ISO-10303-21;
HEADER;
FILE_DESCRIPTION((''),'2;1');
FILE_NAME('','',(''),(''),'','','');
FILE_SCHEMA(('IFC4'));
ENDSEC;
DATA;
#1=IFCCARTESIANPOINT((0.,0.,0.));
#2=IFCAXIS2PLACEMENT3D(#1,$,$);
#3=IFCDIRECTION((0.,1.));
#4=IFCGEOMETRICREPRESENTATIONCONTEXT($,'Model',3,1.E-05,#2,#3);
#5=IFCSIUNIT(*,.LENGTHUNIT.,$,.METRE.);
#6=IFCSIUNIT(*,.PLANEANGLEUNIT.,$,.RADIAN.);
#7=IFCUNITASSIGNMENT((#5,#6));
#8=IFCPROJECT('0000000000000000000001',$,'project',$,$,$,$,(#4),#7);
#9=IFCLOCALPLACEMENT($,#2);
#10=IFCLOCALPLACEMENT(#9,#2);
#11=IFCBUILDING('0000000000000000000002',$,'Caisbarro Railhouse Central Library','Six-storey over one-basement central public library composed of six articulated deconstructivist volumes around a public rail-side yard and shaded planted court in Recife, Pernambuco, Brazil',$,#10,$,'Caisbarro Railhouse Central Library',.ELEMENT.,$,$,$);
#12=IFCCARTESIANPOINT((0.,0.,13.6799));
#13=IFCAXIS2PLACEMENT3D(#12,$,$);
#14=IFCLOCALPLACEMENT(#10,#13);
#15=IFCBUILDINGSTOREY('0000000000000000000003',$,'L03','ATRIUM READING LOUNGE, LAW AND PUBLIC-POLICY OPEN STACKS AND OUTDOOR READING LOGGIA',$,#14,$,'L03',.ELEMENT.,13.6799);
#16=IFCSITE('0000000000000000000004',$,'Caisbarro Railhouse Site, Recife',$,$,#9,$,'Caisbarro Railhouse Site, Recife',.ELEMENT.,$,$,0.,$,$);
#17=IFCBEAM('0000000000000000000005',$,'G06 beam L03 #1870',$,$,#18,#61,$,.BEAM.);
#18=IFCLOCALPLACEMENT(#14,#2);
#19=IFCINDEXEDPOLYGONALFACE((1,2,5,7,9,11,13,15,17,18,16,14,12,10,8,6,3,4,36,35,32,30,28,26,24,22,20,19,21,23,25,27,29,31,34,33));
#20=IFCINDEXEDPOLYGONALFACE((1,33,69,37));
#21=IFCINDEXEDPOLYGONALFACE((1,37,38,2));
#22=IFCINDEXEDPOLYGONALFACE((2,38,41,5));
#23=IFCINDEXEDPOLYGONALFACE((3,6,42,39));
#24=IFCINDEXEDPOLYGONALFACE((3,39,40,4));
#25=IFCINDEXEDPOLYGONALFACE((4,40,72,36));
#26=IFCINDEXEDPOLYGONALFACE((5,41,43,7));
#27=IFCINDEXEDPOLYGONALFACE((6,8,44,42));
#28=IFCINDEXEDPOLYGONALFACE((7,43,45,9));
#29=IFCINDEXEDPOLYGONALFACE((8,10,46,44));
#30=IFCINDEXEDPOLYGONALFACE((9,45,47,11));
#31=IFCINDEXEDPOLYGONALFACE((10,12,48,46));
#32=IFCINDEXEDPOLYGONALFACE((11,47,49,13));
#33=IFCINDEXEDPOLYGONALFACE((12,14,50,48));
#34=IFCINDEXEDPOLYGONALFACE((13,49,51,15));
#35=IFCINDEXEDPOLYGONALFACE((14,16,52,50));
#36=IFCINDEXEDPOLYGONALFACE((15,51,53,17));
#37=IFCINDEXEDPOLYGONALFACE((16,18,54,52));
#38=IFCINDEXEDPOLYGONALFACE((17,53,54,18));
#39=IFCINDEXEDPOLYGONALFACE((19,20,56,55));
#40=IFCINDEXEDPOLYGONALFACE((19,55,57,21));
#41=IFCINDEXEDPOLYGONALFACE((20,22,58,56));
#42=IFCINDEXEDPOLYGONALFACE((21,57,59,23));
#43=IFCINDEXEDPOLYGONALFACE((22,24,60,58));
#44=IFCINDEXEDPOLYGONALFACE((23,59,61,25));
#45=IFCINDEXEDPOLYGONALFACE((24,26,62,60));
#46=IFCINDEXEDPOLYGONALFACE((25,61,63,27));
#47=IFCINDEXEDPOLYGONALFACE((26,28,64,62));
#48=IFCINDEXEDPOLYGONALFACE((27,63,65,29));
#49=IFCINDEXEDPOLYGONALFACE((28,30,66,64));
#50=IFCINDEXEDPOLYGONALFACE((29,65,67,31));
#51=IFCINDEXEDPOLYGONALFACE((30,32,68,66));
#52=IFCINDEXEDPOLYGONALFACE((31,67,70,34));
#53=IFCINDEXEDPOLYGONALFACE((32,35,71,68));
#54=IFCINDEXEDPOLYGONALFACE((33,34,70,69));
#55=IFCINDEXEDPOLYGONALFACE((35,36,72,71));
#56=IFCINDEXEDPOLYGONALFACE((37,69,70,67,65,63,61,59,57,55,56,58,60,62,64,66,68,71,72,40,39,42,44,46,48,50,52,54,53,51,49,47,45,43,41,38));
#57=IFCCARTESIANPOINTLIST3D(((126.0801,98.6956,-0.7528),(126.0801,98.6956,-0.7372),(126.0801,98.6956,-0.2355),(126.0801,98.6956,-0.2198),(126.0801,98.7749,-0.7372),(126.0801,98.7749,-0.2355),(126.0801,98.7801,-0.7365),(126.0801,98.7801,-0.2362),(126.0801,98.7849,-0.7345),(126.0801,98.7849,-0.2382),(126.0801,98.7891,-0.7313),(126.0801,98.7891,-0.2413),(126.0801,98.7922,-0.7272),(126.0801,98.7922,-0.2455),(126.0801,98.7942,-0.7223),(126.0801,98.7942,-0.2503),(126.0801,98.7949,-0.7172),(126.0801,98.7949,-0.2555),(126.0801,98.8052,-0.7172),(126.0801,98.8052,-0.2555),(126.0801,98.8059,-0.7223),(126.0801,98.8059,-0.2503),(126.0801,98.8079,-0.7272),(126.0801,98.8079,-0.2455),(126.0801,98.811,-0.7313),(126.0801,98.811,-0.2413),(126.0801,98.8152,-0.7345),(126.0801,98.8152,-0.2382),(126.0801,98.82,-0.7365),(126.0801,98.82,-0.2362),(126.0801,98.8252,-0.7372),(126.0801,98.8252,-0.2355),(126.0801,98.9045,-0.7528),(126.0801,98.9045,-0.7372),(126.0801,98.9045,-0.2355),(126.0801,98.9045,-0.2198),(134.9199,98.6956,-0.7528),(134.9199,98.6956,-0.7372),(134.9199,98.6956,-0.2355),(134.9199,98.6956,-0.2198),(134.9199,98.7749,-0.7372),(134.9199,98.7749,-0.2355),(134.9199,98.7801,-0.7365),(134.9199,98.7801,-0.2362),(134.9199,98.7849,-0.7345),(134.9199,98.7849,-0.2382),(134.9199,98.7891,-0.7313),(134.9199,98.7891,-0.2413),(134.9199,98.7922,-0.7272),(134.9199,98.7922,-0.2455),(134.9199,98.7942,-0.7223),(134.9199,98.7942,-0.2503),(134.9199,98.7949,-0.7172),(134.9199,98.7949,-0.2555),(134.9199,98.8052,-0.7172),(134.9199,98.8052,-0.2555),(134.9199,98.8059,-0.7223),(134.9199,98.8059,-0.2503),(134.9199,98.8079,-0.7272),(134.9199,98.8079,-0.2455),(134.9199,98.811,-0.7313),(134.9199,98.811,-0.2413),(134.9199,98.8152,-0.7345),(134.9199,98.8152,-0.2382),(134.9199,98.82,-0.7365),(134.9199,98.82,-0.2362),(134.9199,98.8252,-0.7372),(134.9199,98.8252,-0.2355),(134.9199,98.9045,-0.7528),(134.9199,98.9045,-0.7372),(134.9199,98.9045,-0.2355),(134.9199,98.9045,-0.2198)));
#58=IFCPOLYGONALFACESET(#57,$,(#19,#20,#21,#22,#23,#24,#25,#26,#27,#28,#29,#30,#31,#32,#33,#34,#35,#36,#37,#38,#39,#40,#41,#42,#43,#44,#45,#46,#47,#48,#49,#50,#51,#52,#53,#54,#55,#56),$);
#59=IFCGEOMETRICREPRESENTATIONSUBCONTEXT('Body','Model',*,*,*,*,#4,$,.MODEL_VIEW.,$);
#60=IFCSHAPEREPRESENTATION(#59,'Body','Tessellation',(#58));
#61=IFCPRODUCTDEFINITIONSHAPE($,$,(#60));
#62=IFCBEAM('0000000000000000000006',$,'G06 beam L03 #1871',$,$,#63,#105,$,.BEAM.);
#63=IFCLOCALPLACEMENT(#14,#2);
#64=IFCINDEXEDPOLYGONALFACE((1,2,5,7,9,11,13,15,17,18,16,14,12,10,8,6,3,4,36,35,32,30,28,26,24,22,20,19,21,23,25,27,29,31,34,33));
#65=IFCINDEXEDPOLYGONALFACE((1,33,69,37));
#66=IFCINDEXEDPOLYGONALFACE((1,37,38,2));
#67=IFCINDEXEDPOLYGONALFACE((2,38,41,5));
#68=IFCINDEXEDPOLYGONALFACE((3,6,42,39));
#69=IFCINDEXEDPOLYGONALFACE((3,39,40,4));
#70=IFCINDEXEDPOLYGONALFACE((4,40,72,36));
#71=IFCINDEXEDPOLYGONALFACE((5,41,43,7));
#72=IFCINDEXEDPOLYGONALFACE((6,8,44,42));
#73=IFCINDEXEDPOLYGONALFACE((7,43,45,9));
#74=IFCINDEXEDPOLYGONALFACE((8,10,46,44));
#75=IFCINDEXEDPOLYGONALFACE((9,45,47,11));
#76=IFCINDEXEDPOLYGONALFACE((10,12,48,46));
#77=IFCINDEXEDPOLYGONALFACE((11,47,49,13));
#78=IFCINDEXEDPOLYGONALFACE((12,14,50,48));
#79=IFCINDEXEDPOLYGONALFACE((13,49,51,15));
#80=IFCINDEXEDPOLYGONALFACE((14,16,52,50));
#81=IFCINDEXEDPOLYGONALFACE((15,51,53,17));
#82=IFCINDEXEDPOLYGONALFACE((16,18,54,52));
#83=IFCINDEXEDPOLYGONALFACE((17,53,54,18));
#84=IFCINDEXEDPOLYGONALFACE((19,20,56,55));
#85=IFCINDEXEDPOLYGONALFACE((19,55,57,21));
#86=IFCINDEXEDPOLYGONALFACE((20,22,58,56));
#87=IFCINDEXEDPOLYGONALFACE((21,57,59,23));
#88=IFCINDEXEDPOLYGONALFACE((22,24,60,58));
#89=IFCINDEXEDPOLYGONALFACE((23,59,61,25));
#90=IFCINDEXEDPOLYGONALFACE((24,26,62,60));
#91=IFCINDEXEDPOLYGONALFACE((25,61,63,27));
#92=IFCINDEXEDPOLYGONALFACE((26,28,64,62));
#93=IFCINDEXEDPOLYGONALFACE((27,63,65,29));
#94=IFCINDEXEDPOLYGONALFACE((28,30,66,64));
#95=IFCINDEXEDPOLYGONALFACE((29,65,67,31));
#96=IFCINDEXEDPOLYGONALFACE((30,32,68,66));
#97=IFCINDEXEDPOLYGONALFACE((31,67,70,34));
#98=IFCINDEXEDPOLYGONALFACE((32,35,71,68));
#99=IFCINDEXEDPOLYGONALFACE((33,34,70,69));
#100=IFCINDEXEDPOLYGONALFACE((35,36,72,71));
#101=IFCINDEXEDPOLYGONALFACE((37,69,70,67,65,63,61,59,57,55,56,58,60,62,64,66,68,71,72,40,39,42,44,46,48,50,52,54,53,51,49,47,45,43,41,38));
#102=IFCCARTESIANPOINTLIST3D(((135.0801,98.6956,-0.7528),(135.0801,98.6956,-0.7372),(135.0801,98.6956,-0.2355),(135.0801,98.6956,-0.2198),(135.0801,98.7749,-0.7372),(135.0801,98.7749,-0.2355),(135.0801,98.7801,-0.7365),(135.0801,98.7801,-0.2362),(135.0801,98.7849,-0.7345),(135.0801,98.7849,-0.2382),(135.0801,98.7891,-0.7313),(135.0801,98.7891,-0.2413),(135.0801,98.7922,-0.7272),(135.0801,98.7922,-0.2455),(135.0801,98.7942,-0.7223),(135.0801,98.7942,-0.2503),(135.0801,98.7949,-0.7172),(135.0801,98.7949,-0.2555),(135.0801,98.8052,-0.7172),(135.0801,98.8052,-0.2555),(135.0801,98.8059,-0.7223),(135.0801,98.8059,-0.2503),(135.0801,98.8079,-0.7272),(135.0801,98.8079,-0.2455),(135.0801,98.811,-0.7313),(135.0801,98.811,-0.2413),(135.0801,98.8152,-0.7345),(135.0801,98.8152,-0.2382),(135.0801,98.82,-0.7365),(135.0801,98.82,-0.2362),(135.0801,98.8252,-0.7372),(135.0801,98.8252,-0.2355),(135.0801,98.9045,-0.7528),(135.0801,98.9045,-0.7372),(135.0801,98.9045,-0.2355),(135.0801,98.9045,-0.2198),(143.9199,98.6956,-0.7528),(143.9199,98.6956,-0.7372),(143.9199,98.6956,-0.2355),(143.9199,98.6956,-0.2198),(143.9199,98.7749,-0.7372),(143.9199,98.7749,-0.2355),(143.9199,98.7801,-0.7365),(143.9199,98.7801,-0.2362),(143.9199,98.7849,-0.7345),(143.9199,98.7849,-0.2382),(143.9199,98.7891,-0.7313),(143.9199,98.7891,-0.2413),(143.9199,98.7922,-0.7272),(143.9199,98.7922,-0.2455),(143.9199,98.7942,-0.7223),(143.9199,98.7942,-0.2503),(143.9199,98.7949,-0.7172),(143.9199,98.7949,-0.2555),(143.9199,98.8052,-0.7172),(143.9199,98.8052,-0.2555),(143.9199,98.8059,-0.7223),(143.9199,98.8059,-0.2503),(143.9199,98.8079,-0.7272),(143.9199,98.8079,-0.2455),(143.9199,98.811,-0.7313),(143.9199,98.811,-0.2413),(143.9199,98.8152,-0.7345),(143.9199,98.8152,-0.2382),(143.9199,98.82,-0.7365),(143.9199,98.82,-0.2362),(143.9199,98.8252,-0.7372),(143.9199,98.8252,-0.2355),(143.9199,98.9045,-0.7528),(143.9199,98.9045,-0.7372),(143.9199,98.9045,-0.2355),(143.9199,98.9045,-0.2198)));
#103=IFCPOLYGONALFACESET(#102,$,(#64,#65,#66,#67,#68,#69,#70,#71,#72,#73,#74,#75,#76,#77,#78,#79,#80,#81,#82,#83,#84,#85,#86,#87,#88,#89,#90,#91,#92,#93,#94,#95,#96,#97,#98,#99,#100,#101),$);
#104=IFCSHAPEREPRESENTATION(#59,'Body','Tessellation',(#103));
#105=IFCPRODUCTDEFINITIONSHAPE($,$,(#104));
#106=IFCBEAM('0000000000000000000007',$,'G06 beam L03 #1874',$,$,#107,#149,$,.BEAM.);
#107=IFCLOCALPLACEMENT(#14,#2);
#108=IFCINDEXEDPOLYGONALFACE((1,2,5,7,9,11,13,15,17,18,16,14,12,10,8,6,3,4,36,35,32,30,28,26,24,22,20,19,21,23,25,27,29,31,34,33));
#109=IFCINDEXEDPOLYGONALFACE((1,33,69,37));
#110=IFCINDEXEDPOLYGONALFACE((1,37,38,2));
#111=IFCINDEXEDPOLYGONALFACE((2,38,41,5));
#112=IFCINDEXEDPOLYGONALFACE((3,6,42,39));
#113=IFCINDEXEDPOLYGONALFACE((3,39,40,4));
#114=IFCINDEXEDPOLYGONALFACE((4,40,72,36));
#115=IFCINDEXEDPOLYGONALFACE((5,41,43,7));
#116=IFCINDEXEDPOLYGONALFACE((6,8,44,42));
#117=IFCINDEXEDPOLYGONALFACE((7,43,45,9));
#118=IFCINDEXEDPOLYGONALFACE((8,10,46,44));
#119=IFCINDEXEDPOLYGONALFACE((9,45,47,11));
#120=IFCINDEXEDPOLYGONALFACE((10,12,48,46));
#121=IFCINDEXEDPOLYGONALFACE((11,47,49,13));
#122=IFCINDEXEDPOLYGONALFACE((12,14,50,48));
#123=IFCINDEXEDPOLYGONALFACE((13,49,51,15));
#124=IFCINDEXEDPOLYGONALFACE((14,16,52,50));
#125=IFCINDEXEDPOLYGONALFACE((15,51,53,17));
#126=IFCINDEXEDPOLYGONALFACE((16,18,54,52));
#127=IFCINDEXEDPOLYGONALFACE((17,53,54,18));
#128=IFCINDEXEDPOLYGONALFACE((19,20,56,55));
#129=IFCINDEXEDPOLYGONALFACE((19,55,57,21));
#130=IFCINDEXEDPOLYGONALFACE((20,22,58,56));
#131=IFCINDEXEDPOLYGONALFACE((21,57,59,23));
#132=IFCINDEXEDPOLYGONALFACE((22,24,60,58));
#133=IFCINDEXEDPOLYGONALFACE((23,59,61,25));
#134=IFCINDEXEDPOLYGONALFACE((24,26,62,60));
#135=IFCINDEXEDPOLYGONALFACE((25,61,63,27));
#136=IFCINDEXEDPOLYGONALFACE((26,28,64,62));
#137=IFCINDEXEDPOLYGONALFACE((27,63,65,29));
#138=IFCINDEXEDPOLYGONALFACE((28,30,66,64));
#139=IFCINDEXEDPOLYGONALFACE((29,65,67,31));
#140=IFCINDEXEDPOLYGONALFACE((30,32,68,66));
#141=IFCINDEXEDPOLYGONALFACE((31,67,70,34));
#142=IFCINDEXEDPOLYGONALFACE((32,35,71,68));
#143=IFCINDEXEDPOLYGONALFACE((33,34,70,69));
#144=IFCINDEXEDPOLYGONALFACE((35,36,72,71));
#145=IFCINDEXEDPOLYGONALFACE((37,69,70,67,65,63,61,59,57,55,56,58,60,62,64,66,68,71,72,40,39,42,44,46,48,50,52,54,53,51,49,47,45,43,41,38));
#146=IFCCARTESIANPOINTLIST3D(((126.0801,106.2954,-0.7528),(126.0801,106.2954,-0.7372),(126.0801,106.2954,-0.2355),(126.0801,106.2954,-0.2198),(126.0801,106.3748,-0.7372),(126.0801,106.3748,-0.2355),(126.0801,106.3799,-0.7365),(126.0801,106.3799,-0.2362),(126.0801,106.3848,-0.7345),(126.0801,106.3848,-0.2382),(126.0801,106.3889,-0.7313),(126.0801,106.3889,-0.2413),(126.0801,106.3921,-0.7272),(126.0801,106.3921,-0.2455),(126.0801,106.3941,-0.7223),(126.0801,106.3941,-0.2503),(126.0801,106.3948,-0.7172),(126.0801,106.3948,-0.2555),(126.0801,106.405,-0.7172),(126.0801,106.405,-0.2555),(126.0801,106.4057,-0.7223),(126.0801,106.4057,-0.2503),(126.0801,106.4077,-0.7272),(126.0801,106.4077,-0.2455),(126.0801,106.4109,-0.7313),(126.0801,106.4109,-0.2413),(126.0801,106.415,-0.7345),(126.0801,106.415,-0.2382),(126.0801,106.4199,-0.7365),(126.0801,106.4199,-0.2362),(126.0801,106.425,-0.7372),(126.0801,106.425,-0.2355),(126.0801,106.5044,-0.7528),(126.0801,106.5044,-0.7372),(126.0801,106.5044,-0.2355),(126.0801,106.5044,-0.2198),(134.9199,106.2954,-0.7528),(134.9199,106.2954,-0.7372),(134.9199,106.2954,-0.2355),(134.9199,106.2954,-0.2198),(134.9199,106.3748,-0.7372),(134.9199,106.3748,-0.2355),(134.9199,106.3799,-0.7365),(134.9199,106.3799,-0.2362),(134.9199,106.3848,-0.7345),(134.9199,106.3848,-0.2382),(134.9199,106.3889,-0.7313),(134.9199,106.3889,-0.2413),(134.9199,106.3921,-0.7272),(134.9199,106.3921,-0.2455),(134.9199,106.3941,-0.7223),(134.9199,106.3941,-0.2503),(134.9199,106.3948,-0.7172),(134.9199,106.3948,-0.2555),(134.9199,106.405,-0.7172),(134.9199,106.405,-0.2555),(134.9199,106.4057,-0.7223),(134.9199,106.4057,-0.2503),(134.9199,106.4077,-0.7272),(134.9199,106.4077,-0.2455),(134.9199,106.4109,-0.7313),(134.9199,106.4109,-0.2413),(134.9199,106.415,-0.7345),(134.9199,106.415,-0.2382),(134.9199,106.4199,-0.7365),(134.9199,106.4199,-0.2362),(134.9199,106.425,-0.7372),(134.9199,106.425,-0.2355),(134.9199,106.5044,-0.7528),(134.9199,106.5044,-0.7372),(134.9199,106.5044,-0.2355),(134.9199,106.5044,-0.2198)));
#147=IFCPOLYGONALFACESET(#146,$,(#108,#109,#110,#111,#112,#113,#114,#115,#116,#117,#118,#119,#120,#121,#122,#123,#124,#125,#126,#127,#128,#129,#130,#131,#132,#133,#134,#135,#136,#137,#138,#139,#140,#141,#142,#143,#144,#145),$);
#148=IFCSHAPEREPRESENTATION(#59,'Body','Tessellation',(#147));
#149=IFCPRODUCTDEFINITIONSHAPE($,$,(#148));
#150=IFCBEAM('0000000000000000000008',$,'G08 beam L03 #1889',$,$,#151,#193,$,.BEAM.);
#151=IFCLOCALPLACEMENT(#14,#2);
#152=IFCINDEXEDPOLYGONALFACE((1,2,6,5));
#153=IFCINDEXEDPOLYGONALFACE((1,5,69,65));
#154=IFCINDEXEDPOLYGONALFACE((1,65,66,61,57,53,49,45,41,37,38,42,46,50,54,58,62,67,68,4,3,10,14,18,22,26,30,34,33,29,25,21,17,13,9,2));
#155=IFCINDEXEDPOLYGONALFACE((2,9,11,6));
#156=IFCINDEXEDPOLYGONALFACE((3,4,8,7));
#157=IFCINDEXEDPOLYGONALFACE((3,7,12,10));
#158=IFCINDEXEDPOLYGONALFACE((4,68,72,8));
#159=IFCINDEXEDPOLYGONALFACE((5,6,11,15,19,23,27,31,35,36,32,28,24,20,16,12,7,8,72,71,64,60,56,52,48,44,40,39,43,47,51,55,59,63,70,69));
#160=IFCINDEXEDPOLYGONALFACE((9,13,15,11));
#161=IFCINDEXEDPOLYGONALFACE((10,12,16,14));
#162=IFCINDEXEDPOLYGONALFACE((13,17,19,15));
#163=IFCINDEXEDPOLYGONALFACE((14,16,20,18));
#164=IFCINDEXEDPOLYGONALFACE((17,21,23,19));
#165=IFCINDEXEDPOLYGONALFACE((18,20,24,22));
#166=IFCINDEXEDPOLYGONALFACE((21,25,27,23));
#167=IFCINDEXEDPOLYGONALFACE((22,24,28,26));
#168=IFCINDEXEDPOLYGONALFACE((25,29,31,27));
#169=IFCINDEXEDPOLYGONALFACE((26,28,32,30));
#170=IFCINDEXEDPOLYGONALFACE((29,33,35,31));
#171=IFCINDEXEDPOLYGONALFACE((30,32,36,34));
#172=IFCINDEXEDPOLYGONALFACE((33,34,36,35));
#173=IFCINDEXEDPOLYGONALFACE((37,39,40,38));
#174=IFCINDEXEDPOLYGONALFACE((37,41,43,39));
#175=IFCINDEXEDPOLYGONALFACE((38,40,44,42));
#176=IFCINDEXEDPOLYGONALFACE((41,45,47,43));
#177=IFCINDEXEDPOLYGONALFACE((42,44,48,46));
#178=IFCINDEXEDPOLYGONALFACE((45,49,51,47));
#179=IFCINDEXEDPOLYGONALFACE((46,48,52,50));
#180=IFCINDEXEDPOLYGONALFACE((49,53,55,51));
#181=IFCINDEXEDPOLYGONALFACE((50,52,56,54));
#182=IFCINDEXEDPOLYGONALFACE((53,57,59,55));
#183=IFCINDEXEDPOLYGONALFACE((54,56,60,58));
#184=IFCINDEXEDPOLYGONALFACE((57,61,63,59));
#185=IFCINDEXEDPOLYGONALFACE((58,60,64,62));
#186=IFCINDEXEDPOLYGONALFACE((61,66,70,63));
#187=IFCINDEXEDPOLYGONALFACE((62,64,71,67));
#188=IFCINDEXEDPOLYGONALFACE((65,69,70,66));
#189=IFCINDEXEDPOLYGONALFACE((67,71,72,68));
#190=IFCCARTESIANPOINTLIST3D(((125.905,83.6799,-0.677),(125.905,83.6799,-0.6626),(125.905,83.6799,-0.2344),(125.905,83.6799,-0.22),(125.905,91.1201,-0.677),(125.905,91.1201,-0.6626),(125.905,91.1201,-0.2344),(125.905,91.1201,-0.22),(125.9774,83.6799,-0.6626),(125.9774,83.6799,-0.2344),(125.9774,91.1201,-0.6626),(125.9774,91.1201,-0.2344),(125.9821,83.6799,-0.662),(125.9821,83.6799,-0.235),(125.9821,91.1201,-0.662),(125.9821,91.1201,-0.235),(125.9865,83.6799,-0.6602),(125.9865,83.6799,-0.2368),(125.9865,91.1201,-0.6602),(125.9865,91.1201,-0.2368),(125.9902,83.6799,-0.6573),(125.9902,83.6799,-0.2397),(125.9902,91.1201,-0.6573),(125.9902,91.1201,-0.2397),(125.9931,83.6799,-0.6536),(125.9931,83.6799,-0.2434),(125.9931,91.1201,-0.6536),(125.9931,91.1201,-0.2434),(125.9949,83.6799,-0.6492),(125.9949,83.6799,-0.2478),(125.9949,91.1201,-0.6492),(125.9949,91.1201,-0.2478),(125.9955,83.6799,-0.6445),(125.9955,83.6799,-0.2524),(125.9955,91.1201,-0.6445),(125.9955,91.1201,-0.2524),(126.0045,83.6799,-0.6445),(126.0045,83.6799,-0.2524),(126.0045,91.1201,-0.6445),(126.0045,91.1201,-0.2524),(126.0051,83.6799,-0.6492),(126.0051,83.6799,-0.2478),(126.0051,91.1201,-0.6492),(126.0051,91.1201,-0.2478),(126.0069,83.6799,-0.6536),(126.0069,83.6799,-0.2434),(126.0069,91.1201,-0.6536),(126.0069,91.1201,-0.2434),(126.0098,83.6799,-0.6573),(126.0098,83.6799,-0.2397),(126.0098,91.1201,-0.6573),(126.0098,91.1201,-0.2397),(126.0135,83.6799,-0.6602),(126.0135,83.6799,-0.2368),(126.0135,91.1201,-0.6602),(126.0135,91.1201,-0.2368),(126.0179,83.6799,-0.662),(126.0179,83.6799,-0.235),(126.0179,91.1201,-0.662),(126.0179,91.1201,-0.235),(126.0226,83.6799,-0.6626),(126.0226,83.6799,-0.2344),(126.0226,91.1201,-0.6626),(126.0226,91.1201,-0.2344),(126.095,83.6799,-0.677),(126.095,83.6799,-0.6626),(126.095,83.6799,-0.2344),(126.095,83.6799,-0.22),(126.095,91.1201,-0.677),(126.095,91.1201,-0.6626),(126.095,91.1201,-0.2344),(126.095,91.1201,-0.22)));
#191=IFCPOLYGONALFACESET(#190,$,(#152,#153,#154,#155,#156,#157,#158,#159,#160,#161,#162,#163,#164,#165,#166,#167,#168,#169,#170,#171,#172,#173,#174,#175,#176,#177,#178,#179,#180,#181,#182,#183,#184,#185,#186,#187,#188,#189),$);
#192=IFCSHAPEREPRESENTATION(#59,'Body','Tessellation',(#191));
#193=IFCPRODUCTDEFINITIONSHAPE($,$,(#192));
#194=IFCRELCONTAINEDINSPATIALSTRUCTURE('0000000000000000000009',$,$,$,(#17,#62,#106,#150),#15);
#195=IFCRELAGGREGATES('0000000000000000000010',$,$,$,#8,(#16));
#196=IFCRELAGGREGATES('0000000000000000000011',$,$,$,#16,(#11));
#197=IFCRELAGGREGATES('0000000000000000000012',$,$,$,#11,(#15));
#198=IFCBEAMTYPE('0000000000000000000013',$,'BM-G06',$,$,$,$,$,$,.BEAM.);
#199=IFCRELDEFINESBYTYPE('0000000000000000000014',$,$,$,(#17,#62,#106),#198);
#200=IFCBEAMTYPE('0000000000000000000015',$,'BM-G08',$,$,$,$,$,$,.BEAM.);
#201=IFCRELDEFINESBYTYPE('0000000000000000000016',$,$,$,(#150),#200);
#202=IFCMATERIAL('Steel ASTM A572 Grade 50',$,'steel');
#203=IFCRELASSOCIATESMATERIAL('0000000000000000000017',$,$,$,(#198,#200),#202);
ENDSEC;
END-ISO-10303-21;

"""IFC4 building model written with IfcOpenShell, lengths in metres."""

from ifc_helpers import new_model, si_unit, direction, frame, origin, origin_2d, place, context, subcontext, project, spatial, i_section, extrude, material, material_profile, profile_set, type_object, element, save


model = new_model("IFC4")

# Units and contexts
model_context = context("Model", 3, precision=1e-05, world=origin(), true_north=direction((0.0, 1.0)))
body_context = subcontext(model_context, "Body", "Model", "MODEL_VIEW")
ifc_project = project(units=[si_unit("LENGTHUNIT", "METRE"), si_unit("PLANEANGLEUNIT", "RADIAN")], contexts=[model_context])

# Site, building, storey
site_placement = place(None, origin())
site = spatial("IfcSite", under=ifc_project, at=site_placement, Name="Caisbarro Railhouse Site, Recife", LongName="Caisbarro Railhouse Site, Recife", CompositionType="ELEMENT", RefElevation=0.0)
building_placement = place(site_placement, origin())
building = spatial("IfcBuilding", under=site, at=building_placement, Name="Caisbarro Railhouse Central Library", Description="Six-storey over one-basement central public library composed of six articulated deconstructivist volumes around a public rail-side yard and shaded planted court in Recife, Pernambuco, Brazil", LongName="Caisbarro Railhouse Central Library", CompositionType="ELEMENT")
storey_placement = place(building_placement, frame((0.0, 0.0, 13.6799)))
storey = spatial("IfcBuildingStorey", under=building, at=storey_placement, Name="L03", Description="ATRIUM READING LOUNGE, LAW AND PUBLIC-POLICY OPEN STACKS AND OUTDOOR READING LOGGIA", LongName="L03", CompositionType="ELEMENT", Elevation=13.6799)

# Shared definitions
ifc_material_1 = material(Name="Steel ASTM A572 Grade 50", Category="steel")

# Beams
ifc_material_profile_1 = material_profile(ifc_material_1, i_section(OverallWidth=0.209, OverallDepth=0.533, WebThickness=0.0103, FlangeThickness=0.0156, FilletRadius=0.02, at=origin_2d()), Name="W530X92.0")
ifc_profile_set_1 = profile_set([ifc_material_profile_1], Name="Steel ASTM A572 Grade 50")
beam_type_1 = type_object("IfcBeamType", Name="BM-G06", PredefinedType="BEAM", material=ifc_profile_set_1)
for number, where, z_axis, x_axis, name in (
    (1, (126.0801, 98.8, -0.4863), (1.0, 0.0, 0.0), (0.0, 1.0, 0.0), "G06 beam L03 #1870"),
    (2, (135.0801, 98.8, -0.4863), (1.0, 0.0, 0.0), (0.0, 1.0, 0.0), "G06 beam L03 #1871"),
    (3, (126.0801, 106.3999, -0.4863), (1.0, 0.0, 0.0), (0.0, 1.0, 0.0), "G06 beam L03 #1874"),
):
    element("IfcBeam", number, at=place(storey_placement, frame(where, z_axis=z_axis, x_axis=x_axis)), inside=storey, type_object=beam_type_1, Name=name, PredefinedType="BEAM", context=body_context, shape_type="SweptSolid", body=[
        extrude(i_section(OverallWidth=0.209, OverallDepth=0.533, WebThickness=0.0103, FlangeThickness=0.0156, FilletRadius=0.02, at=origin_2d()), origin(), (0.0, 0.0, 1.0), 8.8398),
    ])
ifc_material_profile_2 = material_profile(ifc_material_1, i_section(OverallWidth=0.1899, OverallDepth=0.457, WebThickness=0.009, FlangeThickness=0.0144, FilletRadius=0.0181, at=origin_2d()), Name="W460X74.0")
ifc_profile_set_2 = profile_set([ifc_material_profile_2], Name="Steel ASTM A572 Grade 50")
beam_type_2 = type_object("IfcBeamType", Name="BM-G08", PredefinedType="BEAM", material=ifc_profile_set_2)
beam_1_placement = place(storey_placement, frame((126.0, 83.6799, -0.4485), z_axis=(0.0, 1.0, 0.0), x_axis=(-1.0, 0.0, 0.0)))
element("IfcBeam", 4, at=beam_1_placement, inside=storey, type_object=beam_type_2, Name="G08 beam L03 #1889", PredefinedType="BEAM", context=body_context, shape_type="SweptSolid", body=[
    extrude(i_section(OverallWidth=0.1899, OverallDepth=0.457, WebThickness=0.009, FlangeThickness=0.0144, FilletRadius=0.0181, at=origin_2d()), origin(), (0.0, 0.0, 1.0), 7.4402),
])

save(model, "model.ifc")
